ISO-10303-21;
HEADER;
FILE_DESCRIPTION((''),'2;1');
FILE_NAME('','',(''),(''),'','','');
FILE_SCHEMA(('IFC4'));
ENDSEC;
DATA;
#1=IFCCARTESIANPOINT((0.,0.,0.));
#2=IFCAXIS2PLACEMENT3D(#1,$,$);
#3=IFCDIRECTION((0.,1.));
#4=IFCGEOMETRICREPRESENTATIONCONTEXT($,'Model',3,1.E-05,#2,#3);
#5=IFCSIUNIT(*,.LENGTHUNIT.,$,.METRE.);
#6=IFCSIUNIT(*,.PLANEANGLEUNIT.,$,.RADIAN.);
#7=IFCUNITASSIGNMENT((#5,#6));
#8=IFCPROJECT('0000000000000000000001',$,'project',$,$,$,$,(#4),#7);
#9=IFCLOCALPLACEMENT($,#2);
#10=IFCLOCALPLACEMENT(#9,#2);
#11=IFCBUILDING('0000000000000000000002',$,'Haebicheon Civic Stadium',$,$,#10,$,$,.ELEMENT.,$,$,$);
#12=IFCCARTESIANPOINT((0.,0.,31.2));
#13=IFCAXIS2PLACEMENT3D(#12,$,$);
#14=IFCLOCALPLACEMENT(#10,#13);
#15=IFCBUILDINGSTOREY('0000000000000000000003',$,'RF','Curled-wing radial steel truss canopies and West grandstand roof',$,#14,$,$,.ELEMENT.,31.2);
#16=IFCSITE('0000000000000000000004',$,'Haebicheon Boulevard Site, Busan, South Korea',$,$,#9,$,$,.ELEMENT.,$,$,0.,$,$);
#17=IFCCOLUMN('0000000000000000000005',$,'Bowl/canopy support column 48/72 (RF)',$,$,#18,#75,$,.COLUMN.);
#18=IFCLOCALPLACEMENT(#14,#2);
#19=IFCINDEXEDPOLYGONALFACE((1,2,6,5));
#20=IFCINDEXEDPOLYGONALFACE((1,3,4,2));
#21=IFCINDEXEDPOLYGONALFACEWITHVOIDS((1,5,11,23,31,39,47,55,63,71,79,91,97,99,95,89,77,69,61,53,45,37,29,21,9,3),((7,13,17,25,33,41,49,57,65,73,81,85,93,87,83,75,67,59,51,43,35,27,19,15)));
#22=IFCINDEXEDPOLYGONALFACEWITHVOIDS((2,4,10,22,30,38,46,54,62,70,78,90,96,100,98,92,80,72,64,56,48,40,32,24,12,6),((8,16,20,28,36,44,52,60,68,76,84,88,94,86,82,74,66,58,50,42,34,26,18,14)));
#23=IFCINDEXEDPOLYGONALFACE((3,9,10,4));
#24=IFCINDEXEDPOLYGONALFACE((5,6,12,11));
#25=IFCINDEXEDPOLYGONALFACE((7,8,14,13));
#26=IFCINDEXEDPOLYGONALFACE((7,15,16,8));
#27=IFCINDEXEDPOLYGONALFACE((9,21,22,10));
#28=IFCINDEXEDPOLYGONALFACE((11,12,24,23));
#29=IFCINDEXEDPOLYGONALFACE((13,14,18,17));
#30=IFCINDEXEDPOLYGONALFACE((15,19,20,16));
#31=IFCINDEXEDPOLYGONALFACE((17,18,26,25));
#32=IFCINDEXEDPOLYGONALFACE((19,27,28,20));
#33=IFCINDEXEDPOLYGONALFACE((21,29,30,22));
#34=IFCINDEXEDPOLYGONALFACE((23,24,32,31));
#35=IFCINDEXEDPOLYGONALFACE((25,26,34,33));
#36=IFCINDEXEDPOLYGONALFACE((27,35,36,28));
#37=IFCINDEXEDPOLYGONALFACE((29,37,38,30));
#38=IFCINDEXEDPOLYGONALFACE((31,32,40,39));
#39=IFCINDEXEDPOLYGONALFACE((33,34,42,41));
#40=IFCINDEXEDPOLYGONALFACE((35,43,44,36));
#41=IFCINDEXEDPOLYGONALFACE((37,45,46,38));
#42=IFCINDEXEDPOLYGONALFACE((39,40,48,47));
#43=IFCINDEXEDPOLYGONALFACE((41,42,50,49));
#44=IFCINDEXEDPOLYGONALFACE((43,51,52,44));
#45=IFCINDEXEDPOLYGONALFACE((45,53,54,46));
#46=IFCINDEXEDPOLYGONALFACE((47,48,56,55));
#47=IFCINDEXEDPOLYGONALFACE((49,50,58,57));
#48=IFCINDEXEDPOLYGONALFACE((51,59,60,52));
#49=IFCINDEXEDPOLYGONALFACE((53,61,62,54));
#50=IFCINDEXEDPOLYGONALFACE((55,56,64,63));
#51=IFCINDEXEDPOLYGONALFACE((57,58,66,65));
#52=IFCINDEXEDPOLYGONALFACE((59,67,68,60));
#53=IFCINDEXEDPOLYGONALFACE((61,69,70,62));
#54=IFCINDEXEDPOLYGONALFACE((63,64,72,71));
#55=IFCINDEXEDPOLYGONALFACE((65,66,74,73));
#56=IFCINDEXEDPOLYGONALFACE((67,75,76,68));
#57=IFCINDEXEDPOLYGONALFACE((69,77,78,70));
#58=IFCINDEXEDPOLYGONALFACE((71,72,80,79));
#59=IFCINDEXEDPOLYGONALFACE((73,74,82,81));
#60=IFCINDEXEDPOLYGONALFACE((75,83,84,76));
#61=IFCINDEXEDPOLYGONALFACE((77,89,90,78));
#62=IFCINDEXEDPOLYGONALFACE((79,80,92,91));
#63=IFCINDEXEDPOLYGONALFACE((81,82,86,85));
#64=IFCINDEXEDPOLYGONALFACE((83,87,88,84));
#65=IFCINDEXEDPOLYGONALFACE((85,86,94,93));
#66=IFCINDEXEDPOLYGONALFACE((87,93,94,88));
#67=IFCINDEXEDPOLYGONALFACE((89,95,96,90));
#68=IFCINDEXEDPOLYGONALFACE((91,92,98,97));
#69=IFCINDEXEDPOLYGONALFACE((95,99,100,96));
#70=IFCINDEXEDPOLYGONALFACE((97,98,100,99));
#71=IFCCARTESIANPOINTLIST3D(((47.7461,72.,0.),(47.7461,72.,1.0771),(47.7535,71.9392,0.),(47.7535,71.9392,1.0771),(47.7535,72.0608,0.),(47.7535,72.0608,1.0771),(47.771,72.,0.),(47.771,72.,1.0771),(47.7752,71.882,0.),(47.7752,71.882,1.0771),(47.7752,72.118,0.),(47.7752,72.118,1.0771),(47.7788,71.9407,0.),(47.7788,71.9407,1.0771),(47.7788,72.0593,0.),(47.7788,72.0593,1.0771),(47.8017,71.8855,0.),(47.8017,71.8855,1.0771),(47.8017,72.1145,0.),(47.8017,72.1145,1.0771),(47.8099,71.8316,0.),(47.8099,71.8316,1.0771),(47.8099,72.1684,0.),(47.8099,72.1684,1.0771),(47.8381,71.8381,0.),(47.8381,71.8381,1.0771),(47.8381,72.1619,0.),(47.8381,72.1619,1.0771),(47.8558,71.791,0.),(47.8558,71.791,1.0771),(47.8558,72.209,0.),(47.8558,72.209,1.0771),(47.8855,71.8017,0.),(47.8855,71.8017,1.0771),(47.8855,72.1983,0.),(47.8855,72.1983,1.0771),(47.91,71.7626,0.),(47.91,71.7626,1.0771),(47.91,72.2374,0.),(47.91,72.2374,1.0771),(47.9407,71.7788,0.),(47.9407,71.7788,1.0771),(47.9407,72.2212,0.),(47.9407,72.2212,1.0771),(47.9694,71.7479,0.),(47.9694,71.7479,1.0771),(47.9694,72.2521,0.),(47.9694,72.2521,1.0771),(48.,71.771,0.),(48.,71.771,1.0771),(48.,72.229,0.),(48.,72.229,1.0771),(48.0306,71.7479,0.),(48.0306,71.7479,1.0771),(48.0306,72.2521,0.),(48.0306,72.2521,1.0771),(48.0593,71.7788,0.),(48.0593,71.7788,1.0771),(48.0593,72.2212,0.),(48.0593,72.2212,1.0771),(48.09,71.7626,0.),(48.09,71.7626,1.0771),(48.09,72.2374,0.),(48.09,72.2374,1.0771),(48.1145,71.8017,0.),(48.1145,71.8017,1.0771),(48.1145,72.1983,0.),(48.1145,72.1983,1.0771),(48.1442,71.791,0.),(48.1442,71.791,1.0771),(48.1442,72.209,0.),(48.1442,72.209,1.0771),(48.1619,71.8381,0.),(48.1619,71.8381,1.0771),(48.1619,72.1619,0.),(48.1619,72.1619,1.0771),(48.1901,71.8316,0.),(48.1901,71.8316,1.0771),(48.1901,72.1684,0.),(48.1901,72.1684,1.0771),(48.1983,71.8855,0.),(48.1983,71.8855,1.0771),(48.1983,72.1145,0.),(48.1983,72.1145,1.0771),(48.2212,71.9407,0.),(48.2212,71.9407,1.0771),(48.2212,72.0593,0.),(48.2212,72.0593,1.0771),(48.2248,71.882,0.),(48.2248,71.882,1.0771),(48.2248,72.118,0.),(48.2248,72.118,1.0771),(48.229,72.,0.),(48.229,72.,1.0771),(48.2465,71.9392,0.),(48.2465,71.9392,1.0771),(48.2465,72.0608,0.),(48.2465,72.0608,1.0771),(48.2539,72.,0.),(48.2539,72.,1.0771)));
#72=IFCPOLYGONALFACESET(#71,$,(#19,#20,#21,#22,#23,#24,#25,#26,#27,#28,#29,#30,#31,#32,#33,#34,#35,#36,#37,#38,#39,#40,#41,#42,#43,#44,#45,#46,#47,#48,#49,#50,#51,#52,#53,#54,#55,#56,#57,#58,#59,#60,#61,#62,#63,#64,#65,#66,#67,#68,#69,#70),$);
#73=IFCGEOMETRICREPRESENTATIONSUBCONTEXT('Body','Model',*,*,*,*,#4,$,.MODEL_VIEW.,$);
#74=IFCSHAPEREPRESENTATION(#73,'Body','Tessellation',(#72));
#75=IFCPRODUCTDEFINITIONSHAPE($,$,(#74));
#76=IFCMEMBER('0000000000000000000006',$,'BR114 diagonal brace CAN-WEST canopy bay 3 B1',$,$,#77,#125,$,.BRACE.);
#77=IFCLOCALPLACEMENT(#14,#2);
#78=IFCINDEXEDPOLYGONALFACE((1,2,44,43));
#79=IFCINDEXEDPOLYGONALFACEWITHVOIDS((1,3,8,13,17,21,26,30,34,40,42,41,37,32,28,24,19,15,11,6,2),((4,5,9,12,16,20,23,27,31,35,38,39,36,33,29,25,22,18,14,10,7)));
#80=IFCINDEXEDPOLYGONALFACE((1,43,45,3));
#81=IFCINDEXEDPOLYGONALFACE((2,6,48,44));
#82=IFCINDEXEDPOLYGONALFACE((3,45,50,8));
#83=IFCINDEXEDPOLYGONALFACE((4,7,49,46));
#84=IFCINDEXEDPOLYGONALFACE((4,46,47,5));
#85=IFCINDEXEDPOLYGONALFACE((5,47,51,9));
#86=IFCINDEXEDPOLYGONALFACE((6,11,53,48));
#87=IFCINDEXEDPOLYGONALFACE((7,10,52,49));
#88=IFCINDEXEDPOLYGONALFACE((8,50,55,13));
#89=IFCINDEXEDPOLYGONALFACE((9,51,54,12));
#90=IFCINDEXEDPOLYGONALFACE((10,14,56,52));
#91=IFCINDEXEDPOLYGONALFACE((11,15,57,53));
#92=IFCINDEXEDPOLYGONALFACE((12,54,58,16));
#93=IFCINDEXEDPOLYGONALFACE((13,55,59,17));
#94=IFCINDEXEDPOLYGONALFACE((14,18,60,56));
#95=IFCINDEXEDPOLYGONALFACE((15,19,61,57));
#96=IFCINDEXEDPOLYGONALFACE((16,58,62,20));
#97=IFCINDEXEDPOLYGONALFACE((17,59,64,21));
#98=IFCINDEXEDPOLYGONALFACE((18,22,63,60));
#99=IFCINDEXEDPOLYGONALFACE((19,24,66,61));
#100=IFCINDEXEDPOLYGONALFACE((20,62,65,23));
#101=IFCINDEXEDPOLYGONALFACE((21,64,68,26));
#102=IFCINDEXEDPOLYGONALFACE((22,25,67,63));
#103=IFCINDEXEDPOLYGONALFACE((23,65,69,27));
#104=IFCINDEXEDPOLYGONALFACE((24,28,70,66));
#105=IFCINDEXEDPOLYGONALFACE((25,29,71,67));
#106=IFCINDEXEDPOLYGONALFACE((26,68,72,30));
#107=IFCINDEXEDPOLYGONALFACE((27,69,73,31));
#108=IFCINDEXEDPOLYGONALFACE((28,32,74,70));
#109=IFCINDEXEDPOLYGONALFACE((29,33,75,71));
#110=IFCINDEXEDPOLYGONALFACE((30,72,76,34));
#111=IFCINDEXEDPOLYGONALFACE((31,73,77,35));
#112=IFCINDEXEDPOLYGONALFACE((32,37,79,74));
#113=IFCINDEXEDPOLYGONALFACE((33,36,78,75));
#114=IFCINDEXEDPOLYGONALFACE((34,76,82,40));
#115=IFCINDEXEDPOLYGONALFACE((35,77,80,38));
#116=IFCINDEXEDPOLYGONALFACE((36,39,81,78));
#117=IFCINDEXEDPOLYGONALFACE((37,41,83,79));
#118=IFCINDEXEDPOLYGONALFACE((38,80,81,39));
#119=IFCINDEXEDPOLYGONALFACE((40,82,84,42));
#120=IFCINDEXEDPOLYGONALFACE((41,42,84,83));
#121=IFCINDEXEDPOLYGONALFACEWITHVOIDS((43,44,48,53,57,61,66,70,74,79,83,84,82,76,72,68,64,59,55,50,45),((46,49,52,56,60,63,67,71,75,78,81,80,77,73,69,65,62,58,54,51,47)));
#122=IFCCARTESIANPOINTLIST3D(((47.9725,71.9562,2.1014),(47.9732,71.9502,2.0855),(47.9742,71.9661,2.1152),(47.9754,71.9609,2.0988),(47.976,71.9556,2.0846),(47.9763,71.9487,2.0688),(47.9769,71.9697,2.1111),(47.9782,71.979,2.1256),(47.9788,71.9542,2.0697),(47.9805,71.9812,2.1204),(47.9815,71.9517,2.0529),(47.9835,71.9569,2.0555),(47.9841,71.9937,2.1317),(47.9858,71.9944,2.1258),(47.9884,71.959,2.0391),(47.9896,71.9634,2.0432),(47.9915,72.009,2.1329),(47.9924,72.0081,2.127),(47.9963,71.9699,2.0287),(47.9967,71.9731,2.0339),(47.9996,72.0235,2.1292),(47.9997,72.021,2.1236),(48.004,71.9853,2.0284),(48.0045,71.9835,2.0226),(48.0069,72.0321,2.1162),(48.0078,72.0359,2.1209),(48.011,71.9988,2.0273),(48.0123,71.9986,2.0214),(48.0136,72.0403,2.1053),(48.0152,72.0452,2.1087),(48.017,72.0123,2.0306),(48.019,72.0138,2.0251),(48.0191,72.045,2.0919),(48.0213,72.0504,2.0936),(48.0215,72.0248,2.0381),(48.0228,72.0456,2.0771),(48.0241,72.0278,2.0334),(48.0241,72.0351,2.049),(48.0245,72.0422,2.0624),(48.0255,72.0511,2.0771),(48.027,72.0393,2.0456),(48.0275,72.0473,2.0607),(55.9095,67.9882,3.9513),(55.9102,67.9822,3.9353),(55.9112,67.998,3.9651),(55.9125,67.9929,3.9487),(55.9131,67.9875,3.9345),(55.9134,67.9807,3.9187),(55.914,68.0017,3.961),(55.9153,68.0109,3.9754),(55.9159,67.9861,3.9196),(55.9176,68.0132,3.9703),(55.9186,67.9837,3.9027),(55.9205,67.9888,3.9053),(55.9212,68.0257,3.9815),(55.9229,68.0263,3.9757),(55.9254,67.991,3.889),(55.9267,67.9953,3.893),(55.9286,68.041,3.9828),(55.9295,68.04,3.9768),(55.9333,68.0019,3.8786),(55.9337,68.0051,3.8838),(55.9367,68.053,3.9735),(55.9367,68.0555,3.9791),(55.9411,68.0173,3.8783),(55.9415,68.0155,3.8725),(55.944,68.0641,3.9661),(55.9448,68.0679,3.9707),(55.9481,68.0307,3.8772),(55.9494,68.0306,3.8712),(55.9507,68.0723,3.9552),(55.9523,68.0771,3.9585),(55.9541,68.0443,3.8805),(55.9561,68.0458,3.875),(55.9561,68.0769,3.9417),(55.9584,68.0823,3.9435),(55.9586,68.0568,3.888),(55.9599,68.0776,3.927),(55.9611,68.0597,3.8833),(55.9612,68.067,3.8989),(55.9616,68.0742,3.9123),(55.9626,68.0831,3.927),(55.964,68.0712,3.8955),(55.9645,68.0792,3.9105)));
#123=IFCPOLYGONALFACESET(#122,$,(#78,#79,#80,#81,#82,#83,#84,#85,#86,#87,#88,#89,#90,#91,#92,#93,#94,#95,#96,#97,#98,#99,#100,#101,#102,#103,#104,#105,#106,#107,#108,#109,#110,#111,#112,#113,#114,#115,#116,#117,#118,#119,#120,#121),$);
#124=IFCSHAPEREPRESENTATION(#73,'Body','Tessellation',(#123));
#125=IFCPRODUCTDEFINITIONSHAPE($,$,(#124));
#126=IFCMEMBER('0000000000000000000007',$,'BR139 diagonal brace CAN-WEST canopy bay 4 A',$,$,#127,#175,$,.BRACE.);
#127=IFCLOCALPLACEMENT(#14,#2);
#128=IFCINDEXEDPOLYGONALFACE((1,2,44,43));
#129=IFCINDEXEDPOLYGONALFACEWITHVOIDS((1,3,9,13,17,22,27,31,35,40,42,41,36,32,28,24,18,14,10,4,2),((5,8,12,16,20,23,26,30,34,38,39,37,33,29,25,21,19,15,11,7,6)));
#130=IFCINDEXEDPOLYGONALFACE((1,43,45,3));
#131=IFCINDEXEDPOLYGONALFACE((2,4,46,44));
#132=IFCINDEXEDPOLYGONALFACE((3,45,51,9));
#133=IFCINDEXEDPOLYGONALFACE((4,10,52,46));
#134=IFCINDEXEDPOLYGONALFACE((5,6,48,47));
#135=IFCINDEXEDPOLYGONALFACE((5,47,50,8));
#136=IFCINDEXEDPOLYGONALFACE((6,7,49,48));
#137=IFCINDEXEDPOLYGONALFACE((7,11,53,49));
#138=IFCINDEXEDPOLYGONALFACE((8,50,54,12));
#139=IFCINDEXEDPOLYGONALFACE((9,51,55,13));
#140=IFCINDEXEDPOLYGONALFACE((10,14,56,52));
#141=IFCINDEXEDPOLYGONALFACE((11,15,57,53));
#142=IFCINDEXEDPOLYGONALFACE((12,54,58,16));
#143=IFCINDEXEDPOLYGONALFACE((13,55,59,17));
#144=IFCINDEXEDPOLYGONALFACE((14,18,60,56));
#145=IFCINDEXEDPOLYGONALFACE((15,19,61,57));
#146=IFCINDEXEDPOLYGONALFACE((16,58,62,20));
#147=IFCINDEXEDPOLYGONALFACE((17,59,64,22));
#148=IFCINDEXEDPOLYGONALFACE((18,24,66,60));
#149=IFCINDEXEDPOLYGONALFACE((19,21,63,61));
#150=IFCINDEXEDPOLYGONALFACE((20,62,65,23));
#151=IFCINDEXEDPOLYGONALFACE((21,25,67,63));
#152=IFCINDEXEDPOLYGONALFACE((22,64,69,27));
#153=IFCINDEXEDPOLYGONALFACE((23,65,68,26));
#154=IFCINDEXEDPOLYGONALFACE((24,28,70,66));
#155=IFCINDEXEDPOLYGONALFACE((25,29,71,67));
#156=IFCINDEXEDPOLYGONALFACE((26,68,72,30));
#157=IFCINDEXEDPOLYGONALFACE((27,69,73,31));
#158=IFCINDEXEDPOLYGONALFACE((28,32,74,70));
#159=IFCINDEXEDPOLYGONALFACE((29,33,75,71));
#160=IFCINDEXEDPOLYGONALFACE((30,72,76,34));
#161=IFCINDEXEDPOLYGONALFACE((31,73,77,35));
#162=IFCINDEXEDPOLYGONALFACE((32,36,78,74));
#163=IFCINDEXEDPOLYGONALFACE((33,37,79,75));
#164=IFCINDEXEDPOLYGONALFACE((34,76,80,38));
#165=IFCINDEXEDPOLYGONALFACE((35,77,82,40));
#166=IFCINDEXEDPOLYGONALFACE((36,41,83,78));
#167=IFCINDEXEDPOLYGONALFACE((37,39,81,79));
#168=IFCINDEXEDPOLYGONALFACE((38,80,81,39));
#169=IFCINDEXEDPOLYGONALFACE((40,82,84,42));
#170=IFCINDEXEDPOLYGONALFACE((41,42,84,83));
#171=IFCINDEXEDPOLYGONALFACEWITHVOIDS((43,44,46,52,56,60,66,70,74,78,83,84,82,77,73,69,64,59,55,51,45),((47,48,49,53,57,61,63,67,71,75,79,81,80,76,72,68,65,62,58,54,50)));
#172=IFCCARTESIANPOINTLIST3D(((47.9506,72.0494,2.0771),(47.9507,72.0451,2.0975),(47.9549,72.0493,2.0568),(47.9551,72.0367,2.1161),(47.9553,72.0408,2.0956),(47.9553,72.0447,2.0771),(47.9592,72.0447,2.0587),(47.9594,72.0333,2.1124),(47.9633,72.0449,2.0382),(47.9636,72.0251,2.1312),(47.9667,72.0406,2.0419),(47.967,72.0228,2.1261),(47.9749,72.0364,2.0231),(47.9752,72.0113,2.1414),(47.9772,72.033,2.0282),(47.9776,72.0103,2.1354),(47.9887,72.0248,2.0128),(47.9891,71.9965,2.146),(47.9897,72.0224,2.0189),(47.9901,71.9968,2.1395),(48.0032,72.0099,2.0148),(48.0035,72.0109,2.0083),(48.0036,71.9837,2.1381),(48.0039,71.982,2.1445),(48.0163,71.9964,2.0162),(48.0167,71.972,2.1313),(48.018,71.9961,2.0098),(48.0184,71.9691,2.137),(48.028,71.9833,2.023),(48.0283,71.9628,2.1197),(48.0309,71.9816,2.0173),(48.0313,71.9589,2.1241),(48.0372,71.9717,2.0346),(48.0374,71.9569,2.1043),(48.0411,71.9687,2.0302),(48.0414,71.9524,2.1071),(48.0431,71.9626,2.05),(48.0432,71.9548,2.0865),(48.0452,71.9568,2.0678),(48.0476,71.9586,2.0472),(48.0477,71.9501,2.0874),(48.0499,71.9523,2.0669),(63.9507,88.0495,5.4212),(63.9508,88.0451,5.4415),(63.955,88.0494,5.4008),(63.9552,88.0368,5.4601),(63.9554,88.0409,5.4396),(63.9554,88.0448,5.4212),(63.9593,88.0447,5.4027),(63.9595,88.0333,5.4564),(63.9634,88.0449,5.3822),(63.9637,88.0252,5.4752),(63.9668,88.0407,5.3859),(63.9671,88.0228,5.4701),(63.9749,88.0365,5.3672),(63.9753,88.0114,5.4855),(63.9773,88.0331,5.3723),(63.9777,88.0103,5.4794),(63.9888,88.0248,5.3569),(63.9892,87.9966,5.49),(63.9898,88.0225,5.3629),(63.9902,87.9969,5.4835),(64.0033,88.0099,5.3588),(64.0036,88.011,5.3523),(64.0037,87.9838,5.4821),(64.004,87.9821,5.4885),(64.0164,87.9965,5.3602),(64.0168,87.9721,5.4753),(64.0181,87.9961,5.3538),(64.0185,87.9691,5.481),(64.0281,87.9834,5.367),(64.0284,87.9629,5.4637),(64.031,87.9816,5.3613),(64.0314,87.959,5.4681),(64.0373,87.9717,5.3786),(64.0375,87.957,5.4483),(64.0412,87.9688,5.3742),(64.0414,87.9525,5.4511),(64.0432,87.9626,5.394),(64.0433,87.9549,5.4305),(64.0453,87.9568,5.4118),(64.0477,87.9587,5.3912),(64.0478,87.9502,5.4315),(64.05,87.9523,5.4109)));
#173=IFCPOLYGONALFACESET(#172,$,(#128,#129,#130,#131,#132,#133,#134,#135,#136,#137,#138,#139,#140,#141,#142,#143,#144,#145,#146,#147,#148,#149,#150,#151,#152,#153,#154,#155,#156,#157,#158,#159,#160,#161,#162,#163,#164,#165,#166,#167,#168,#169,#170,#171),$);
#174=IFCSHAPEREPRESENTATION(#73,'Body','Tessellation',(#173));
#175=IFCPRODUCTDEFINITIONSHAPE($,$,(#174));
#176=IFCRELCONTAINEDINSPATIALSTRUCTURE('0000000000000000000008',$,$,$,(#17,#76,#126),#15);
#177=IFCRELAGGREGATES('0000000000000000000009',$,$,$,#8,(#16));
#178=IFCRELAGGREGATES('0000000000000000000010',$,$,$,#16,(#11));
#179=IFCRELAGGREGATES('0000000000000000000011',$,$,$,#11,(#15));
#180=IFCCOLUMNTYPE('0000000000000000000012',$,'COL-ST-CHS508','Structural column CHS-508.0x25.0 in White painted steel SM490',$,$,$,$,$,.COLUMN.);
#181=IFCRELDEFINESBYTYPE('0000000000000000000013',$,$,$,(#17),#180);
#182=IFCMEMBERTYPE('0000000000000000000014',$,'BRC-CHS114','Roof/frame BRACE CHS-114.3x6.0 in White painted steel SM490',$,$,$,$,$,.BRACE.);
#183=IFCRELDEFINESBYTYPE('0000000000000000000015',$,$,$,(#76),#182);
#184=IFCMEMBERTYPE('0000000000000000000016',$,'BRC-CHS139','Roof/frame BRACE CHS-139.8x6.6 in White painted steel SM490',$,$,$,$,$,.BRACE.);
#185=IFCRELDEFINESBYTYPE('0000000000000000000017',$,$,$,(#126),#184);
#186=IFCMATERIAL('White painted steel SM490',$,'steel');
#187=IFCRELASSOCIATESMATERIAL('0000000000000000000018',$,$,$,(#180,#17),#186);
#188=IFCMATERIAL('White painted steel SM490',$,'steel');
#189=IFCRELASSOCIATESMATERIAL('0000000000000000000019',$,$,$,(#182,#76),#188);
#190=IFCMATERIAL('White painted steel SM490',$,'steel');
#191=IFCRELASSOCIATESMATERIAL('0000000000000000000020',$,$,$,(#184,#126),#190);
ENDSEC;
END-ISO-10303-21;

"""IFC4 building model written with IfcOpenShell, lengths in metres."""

from ifc_helpers import new_model, si_unit, direction, frame, origin, origin_2d, place, context, subcontext, project, spatial, hollow_circle, extrude, material, material_profile, profile_set, type_object, element, save


model = new_model("IFC4")

# Units and contexts
model_context = context("Model", 3, precision=1e-05, world=origin(), true_north=direction((0.0, 1.0)))
body_context = subcontext(model_context, "Body", "Model", "MODEL_VIEW")
ifc_project = project(units=[si_unit("LENGTHUNIT", "METRE"), si_unit("PLANEANGLEUNIT", "RADIAN")], contexts=[model_context])

# Site, building, storey
site_placement = place(None, origin())
site = spatial("IfcSite", under=ifc_project, at=site_placement, Name="Haebicheon Boulevard Site, Busan, South Korea", CompositionType="ELEMENT", RefElevation=0.0)
building_placement = place(site_placement, origin())
building = spatial("IfcBuilding", under=site, at=building_placement, Name="Haebicheon Civic Stadium", CompositionType="ELEMENT")
storey_placement = place(building_placement, frame((0.0, 0.0, 31.2)))
storey = spatial("IfcBuildingStorey", under=building, at=storey_placement, Name="RF", Description="Curled-wing radial steel truss canopies and West grandstand roof", CompositionType="ELEMENT", Elevation=31.2)

# Column
ifc_material_1 = material(Name="White painted steel SM490", Category="steel")
ifc_material_profile_1 = material_profile(ifc_material_1, hollow_circle(Radius=0.2539, WallThickness=0.0249, at=origin_2d()), Name="CHS-508.0x25.0")
ifc_profile_set_1 = profile_set([ifc_material_profile_1], Name="White painted steel SM490")
column_type = type_object("IfcColumnType", Name="COL-ST-CHS508", Description="Structural column CHS-508.0x25.0 in White painted steel SM490", PredefinedType="COLUMN", material=ifc_profile_set_1)
column_placement = place(storey_placement, frame((48.0, 72.0, 0.0), z_axis=(0.0, 0.0, 1.0), x_axis=(1.0, 0.0, 0.0)))
element("IfcColumn", 1, at=column_placement, inside=storey, type_object=column_type, material=ifc_profile_set_1, Name="Bowl/canopy support column 48/72 (RF)", PredefinedType="COLUMN", context=body_context, shape_type="SweptSolid", body=[
    extrude(hollow_circle(Radius=0.2539, WallThickness=0.0249, at=origin_2d()), origin(), (0.0, 0.0, 1.0), 1.0771),
])

# Members
ifc_material_2 = material(Name="White painted steel SM490", Category="steel")
ifc_material_profile_2 = material_profile(ifc_material_2, hollow_circle(Radius=0.0571, WallThickness=0.0061, at=origin_2d()), Name="CHS-114.3x6.0")
ifc_profile_set_2 = profile_set([ifc_material_profile_2], Name="White painted steel SM490")
member_type_1 = type_object("IfcMemberType", Name="BRC-CHS114", Description="Roof/frame BRACE CHS-114.3x6.0 in White painted steel SM490", PredefinedType="BRACE", material=ifc_profile_set_2)
member_1_placement = place(storey_placement, frame((48.0, 72.0, 2.0771), z_axis=(0.875625, -0.437759, 0.204079), x_axis=(0.44717, 0.894449, 0.0)))
element("IfcMember", 2, at=member_1_placement, inside=storey, type_object=member_type_1, material=ifc_profile_set_2, Name="BR114 diagonal brace CAN-WEST canopy bay 3 B1", PredefinedType="BRACE", context=body_context, shape_type="SweptSolid", body=[
    extrude(hollow_circle(Radius=0.0571, WallThickness=0.0061, at=origin_2d()), origin(), (0.0, 0.0, 1.0), 9.0645),
])
ifc_material_3 = material(Name="White painted steel SM490", Category="steel")
ifc_material_profile_3 = material_profile(ifc_material_3, hollow_circle(Radius=0.0698, WallThickness=0.0066, at=origin_2d()), Name="CHS-139.8x6.6")
ifc_profile_set_3 = profile_set([ifc_material_profile_3], Name="White painted steel SM490")
member_type_2 = type_object("IfcMemberType", Name="BRC-CHS139", Description="Roof/frame BRACE CHS-139.8x6.6 in White painted steel SM490", PredefinedType="BRACE", material=ifc_profile_set_3)
member_2_placement = place(storey_placement, frame((48.0, 72.0, 2.0771), z_axis=(0.699509, 0.699509, 0.146197), x_axis=(-0.707107, 0.707107, 0.0)))
element("IfcMember", 3, at=member_2_placement, inside=storey, type_object=member_type_2, material=ifc_profile_set_3, Name="BR139 diagonal brace CAN-WEST canopy bay 4 A", PredefinedType="BRACE", context=body_context, shape_type="SweptSolid", body=[
    extrude(hollow_circle(Radius=0.0698, WallThickness=0.0066, at=origin_2d()), origin(), (0.0, 0.0, 1.0), 22.8733),
])

save(model, "model.ifc")
